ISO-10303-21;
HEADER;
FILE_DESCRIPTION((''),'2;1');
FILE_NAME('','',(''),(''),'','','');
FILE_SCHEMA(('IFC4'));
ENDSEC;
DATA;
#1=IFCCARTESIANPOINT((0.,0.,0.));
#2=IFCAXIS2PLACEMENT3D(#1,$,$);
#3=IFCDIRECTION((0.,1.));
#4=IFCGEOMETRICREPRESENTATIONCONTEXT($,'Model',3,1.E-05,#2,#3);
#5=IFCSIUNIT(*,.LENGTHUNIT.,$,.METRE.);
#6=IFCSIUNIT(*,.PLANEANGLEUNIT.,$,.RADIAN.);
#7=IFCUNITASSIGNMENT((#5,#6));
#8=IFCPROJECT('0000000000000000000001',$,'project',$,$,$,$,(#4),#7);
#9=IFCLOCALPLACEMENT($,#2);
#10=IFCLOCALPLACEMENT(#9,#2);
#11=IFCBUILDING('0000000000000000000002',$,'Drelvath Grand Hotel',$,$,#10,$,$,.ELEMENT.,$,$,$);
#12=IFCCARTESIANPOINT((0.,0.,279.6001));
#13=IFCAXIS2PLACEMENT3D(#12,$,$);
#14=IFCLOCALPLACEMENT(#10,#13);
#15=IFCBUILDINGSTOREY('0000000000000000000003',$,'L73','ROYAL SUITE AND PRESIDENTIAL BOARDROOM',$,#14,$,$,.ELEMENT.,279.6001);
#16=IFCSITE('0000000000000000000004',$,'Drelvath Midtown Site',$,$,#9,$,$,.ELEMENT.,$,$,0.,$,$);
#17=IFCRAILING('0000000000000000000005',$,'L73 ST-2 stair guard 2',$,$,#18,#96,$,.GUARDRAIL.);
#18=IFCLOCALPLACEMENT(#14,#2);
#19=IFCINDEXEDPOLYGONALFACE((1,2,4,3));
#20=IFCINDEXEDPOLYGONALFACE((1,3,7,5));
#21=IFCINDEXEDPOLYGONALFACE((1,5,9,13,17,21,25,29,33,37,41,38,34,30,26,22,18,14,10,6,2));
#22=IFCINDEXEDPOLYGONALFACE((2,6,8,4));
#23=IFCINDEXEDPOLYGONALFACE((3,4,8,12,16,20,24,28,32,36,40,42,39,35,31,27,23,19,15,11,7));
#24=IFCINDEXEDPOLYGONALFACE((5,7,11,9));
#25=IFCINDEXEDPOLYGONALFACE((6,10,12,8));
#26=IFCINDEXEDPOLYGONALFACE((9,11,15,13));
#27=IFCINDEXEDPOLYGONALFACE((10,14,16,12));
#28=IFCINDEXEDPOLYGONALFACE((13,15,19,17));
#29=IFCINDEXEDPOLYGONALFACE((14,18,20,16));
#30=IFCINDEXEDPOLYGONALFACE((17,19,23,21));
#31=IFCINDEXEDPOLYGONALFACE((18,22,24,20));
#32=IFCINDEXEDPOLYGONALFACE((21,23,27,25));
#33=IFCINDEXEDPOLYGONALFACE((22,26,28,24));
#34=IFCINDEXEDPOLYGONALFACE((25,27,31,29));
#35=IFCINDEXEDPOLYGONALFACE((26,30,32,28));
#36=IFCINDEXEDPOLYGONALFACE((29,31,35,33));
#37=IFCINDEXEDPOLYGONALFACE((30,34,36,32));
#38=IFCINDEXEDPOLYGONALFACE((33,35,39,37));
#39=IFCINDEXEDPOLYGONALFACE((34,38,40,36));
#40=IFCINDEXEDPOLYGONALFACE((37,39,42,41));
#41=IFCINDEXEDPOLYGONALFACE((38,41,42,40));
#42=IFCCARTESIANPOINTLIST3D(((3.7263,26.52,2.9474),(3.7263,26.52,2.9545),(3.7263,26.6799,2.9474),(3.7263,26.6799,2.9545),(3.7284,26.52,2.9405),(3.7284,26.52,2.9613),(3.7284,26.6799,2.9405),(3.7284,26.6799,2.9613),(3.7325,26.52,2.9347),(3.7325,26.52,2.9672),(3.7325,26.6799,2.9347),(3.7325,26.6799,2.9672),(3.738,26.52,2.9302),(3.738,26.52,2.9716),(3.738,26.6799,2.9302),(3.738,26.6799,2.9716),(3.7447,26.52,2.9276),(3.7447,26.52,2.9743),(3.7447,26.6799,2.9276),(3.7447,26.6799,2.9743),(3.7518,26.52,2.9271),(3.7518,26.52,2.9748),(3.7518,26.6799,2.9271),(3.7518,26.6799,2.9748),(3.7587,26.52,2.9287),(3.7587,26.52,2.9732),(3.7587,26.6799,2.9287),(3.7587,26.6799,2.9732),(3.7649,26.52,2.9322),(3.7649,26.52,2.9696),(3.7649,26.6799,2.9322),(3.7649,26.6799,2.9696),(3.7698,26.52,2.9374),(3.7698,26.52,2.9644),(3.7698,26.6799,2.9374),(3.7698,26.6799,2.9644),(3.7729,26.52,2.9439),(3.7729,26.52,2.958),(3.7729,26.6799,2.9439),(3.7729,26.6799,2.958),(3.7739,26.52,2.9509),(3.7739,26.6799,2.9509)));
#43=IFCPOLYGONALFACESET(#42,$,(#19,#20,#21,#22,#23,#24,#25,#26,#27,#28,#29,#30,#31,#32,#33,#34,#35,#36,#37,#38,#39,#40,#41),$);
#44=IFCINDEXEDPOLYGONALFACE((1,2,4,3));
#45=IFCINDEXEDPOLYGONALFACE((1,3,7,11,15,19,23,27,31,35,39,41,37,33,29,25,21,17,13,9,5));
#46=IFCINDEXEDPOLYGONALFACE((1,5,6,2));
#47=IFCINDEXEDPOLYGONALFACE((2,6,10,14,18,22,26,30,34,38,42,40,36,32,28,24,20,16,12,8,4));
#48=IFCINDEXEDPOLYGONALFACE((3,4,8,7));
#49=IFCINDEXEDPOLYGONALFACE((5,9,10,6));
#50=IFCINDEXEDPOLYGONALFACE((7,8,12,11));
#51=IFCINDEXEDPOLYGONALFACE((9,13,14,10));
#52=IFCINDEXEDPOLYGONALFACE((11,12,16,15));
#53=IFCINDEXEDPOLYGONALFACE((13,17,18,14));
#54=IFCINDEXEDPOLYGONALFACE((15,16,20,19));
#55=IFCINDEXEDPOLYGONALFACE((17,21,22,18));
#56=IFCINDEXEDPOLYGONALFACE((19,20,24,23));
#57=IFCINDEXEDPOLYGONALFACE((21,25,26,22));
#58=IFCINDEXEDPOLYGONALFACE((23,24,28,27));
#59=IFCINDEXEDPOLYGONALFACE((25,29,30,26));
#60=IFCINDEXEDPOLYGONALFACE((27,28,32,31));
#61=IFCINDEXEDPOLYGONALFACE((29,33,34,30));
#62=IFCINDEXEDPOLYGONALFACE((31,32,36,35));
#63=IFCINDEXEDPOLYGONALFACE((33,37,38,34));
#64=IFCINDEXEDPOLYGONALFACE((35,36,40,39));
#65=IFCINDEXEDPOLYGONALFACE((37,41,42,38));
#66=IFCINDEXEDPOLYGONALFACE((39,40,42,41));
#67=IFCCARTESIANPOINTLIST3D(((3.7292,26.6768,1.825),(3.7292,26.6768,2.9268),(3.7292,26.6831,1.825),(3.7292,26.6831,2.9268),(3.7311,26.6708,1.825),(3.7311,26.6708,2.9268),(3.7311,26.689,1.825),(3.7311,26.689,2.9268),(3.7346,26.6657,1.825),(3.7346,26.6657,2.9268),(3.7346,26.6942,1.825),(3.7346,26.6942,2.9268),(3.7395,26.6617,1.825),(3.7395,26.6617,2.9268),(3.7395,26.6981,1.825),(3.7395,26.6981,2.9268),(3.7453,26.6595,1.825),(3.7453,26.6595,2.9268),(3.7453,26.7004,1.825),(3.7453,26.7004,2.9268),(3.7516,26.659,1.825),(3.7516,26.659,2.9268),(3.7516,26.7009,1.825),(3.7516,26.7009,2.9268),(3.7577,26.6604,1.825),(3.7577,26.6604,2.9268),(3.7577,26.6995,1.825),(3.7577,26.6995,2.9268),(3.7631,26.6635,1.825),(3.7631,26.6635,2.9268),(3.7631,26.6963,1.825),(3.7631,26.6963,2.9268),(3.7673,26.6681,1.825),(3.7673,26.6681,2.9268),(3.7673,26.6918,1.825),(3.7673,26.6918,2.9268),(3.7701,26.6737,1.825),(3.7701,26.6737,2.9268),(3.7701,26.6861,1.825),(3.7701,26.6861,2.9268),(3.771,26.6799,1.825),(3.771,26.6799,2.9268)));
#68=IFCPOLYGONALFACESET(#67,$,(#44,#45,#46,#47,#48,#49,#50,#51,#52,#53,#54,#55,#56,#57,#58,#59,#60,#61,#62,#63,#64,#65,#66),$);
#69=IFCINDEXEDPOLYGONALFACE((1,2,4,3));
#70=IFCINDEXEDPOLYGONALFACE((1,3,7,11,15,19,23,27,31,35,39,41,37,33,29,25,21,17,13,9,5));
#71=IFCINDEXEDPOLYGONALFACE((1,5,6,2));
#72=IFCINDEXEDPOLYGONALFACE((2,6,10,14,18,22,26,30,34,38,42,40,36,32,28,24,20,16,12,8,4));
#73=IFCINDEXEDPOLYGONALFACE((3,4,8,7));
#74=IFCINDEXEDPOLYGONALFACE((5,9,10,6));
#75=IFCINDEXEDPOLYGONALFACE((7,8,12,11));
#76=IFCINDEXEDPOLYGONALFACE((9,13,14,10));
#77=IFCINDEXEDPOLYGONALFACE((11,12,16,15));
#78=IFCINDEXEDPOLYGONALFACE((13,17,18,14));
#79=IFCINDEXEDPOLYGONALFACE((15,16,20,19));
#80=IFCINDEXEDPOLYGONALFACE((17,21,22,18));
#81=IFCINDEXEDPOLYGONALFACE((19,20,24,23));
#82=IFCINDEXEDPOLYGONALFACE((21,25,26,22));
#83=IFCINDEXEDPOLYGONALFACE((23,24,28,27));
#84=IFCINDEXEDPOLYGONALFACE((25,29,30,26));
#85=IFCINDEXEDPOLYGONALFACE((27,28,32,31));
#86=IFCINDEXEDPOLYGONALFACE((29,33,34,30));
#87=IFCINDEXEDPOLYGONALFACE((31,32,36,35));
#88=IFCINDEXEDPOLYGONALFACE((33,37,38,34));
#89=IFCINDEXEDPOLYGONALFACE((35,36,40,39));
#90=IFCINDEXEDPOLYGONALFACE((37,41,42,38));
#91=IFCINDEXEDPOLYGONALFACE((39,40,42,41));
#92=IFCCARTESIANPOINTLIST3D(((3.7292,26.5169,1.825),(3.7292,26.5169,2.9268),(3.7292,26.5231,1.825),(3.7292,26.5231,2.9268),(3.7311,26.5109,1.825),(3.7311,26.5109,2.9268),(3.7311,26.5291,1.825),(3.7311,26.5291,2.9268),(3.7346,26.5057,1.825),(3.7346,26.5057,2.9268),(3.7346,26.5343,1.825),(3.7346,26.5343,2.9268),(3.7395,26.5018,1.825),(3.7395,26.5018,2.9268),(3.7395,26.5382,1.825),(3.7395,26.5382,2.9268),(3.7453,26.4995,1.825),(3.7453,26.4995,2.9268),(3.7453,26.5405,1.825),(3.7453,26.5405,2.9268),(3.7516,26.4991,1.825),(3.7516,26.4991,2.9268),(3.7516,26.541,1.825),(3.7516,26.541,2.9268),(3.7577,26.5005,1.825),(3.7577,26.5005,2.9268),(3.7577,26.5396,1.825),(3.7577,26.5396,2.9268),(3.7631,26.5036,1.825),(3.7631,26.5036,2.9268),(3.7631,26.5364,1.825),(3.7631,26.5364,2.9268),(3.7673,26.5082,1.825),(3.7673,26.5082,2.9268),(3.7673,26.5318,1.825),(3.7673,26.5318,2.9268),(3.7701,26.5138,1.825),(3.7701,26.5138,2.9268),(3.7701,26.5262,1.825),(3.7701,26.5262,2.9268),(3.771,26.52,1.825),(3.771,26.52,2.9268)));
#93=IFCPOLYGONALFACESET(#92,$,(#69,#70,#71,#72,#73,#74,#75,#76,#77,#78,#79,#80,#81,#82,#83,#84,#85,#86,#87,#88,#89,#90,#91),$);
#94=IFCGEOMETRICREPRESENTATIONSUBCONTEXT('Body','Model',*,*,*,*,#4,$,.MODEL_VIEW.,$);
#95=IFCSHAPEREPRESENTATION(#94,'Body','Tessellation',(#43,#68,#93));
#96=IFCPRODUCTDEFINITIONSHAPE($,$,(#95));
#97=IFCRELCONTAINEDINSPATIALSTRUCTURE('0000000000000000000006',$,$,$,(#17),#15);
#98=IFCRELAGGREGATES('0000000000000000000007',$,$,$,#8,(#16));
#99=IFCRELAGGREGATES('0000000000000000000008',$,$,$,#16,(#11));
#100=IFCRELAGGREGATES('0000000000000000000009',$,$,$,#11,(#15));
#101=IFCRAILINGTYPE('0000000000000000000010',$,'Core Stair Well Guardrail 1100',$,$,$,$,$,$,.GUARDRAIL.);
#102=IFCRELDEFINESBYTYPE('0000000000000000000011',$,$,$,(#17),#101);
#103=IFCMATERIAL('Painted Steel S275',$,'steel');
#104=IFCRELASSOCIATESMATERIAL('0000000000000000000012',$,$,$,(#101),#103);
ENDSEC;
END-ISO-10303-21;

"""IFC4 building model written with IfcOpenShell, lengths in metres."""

from ifc_helpers import new_model, si_unit, direction, frame, origin, origin_2d, place, context, subcontext, project, spatial, circle, extrude, material, type_object, element, save


model = new_model("IFC4")

# Units and contexts
model_context = context("Model", 3, precision=1e-05, world=origin(), true_north=direction((0.0, 1.0)))
body_context = subcontext(model_context, "Body", "Model", "MODEL_VIEW")
ifc_project = project(units=[si_unit("LENGTHUNIT", "METRE"), si_unit("PLANEANGLEUNIT", "RADIAN")], contexts=[model_context])

# Site, building, storey
site_placement = place(None, origin())
site = spatial("IfcSite", under=ifc_project, at=site_placement, Name="Drelvath Midtown Site", CompositionType="ELEMENT", RefElevation=0.0)
building_placement = place(site_placement, origin())
building = spatial("IfcBuilding", under=site, at=building_placement, Name="Drelvath Grand Hotel", CompositionType="ELEMENT")
storey_placement = place(building_placement, frame((0.0, 0.0, 279.6001)))
storey = spatial("IfcBuildingStorey", under=building, at=storey_placement, Name="L73", Description="ROYAL SUITE AND PRESIDENTIAL BOARDROOM", CompositionType="ELEMENT", Elevation=279.6001)

# Railing
ifc_material_1 = material(Name="Painted Steel S275", Category="steel")
railing_type_1 = type_object("IfcRailingType", Name="Core Stair Well Guardrail 1100", PredefinedType="GUARDRAIL", material=ifc_material_1)
railing_1_placement = place(storey_placement, frame((3.75, 26.6799, 1.825)))
element("IfcRailing", 1, at=railing_1_placement, inside=storey, type_object=railing_type_1, Name="L73 ST-2 stair guard 2", PredefinedType="GUARDRAIL", context=body_context, shape_type="SweptSolid", body=[
    extrude(circle(Radius=0.0239, at=origin_2d()), frame((0.0, 0.0, 1.126), z_axis=(0.0, -1.0, 0.0), x_axis=(1.0, 0.0, 0.0)), (0.0, 0.0, 1.0), 0.1599),
    extrude(circle(Radius=0.021, at=origin_2d()), origin(), (0.0, 0.0, 1.0), 1.1018),
    extrude(circle(Radius=0.021, at=origin_2d()), frame((0.0, -0.1599, 0.0)), (0.0, 0.0, 1.0), 1.1018),
])

save(model, "model.ifc")
